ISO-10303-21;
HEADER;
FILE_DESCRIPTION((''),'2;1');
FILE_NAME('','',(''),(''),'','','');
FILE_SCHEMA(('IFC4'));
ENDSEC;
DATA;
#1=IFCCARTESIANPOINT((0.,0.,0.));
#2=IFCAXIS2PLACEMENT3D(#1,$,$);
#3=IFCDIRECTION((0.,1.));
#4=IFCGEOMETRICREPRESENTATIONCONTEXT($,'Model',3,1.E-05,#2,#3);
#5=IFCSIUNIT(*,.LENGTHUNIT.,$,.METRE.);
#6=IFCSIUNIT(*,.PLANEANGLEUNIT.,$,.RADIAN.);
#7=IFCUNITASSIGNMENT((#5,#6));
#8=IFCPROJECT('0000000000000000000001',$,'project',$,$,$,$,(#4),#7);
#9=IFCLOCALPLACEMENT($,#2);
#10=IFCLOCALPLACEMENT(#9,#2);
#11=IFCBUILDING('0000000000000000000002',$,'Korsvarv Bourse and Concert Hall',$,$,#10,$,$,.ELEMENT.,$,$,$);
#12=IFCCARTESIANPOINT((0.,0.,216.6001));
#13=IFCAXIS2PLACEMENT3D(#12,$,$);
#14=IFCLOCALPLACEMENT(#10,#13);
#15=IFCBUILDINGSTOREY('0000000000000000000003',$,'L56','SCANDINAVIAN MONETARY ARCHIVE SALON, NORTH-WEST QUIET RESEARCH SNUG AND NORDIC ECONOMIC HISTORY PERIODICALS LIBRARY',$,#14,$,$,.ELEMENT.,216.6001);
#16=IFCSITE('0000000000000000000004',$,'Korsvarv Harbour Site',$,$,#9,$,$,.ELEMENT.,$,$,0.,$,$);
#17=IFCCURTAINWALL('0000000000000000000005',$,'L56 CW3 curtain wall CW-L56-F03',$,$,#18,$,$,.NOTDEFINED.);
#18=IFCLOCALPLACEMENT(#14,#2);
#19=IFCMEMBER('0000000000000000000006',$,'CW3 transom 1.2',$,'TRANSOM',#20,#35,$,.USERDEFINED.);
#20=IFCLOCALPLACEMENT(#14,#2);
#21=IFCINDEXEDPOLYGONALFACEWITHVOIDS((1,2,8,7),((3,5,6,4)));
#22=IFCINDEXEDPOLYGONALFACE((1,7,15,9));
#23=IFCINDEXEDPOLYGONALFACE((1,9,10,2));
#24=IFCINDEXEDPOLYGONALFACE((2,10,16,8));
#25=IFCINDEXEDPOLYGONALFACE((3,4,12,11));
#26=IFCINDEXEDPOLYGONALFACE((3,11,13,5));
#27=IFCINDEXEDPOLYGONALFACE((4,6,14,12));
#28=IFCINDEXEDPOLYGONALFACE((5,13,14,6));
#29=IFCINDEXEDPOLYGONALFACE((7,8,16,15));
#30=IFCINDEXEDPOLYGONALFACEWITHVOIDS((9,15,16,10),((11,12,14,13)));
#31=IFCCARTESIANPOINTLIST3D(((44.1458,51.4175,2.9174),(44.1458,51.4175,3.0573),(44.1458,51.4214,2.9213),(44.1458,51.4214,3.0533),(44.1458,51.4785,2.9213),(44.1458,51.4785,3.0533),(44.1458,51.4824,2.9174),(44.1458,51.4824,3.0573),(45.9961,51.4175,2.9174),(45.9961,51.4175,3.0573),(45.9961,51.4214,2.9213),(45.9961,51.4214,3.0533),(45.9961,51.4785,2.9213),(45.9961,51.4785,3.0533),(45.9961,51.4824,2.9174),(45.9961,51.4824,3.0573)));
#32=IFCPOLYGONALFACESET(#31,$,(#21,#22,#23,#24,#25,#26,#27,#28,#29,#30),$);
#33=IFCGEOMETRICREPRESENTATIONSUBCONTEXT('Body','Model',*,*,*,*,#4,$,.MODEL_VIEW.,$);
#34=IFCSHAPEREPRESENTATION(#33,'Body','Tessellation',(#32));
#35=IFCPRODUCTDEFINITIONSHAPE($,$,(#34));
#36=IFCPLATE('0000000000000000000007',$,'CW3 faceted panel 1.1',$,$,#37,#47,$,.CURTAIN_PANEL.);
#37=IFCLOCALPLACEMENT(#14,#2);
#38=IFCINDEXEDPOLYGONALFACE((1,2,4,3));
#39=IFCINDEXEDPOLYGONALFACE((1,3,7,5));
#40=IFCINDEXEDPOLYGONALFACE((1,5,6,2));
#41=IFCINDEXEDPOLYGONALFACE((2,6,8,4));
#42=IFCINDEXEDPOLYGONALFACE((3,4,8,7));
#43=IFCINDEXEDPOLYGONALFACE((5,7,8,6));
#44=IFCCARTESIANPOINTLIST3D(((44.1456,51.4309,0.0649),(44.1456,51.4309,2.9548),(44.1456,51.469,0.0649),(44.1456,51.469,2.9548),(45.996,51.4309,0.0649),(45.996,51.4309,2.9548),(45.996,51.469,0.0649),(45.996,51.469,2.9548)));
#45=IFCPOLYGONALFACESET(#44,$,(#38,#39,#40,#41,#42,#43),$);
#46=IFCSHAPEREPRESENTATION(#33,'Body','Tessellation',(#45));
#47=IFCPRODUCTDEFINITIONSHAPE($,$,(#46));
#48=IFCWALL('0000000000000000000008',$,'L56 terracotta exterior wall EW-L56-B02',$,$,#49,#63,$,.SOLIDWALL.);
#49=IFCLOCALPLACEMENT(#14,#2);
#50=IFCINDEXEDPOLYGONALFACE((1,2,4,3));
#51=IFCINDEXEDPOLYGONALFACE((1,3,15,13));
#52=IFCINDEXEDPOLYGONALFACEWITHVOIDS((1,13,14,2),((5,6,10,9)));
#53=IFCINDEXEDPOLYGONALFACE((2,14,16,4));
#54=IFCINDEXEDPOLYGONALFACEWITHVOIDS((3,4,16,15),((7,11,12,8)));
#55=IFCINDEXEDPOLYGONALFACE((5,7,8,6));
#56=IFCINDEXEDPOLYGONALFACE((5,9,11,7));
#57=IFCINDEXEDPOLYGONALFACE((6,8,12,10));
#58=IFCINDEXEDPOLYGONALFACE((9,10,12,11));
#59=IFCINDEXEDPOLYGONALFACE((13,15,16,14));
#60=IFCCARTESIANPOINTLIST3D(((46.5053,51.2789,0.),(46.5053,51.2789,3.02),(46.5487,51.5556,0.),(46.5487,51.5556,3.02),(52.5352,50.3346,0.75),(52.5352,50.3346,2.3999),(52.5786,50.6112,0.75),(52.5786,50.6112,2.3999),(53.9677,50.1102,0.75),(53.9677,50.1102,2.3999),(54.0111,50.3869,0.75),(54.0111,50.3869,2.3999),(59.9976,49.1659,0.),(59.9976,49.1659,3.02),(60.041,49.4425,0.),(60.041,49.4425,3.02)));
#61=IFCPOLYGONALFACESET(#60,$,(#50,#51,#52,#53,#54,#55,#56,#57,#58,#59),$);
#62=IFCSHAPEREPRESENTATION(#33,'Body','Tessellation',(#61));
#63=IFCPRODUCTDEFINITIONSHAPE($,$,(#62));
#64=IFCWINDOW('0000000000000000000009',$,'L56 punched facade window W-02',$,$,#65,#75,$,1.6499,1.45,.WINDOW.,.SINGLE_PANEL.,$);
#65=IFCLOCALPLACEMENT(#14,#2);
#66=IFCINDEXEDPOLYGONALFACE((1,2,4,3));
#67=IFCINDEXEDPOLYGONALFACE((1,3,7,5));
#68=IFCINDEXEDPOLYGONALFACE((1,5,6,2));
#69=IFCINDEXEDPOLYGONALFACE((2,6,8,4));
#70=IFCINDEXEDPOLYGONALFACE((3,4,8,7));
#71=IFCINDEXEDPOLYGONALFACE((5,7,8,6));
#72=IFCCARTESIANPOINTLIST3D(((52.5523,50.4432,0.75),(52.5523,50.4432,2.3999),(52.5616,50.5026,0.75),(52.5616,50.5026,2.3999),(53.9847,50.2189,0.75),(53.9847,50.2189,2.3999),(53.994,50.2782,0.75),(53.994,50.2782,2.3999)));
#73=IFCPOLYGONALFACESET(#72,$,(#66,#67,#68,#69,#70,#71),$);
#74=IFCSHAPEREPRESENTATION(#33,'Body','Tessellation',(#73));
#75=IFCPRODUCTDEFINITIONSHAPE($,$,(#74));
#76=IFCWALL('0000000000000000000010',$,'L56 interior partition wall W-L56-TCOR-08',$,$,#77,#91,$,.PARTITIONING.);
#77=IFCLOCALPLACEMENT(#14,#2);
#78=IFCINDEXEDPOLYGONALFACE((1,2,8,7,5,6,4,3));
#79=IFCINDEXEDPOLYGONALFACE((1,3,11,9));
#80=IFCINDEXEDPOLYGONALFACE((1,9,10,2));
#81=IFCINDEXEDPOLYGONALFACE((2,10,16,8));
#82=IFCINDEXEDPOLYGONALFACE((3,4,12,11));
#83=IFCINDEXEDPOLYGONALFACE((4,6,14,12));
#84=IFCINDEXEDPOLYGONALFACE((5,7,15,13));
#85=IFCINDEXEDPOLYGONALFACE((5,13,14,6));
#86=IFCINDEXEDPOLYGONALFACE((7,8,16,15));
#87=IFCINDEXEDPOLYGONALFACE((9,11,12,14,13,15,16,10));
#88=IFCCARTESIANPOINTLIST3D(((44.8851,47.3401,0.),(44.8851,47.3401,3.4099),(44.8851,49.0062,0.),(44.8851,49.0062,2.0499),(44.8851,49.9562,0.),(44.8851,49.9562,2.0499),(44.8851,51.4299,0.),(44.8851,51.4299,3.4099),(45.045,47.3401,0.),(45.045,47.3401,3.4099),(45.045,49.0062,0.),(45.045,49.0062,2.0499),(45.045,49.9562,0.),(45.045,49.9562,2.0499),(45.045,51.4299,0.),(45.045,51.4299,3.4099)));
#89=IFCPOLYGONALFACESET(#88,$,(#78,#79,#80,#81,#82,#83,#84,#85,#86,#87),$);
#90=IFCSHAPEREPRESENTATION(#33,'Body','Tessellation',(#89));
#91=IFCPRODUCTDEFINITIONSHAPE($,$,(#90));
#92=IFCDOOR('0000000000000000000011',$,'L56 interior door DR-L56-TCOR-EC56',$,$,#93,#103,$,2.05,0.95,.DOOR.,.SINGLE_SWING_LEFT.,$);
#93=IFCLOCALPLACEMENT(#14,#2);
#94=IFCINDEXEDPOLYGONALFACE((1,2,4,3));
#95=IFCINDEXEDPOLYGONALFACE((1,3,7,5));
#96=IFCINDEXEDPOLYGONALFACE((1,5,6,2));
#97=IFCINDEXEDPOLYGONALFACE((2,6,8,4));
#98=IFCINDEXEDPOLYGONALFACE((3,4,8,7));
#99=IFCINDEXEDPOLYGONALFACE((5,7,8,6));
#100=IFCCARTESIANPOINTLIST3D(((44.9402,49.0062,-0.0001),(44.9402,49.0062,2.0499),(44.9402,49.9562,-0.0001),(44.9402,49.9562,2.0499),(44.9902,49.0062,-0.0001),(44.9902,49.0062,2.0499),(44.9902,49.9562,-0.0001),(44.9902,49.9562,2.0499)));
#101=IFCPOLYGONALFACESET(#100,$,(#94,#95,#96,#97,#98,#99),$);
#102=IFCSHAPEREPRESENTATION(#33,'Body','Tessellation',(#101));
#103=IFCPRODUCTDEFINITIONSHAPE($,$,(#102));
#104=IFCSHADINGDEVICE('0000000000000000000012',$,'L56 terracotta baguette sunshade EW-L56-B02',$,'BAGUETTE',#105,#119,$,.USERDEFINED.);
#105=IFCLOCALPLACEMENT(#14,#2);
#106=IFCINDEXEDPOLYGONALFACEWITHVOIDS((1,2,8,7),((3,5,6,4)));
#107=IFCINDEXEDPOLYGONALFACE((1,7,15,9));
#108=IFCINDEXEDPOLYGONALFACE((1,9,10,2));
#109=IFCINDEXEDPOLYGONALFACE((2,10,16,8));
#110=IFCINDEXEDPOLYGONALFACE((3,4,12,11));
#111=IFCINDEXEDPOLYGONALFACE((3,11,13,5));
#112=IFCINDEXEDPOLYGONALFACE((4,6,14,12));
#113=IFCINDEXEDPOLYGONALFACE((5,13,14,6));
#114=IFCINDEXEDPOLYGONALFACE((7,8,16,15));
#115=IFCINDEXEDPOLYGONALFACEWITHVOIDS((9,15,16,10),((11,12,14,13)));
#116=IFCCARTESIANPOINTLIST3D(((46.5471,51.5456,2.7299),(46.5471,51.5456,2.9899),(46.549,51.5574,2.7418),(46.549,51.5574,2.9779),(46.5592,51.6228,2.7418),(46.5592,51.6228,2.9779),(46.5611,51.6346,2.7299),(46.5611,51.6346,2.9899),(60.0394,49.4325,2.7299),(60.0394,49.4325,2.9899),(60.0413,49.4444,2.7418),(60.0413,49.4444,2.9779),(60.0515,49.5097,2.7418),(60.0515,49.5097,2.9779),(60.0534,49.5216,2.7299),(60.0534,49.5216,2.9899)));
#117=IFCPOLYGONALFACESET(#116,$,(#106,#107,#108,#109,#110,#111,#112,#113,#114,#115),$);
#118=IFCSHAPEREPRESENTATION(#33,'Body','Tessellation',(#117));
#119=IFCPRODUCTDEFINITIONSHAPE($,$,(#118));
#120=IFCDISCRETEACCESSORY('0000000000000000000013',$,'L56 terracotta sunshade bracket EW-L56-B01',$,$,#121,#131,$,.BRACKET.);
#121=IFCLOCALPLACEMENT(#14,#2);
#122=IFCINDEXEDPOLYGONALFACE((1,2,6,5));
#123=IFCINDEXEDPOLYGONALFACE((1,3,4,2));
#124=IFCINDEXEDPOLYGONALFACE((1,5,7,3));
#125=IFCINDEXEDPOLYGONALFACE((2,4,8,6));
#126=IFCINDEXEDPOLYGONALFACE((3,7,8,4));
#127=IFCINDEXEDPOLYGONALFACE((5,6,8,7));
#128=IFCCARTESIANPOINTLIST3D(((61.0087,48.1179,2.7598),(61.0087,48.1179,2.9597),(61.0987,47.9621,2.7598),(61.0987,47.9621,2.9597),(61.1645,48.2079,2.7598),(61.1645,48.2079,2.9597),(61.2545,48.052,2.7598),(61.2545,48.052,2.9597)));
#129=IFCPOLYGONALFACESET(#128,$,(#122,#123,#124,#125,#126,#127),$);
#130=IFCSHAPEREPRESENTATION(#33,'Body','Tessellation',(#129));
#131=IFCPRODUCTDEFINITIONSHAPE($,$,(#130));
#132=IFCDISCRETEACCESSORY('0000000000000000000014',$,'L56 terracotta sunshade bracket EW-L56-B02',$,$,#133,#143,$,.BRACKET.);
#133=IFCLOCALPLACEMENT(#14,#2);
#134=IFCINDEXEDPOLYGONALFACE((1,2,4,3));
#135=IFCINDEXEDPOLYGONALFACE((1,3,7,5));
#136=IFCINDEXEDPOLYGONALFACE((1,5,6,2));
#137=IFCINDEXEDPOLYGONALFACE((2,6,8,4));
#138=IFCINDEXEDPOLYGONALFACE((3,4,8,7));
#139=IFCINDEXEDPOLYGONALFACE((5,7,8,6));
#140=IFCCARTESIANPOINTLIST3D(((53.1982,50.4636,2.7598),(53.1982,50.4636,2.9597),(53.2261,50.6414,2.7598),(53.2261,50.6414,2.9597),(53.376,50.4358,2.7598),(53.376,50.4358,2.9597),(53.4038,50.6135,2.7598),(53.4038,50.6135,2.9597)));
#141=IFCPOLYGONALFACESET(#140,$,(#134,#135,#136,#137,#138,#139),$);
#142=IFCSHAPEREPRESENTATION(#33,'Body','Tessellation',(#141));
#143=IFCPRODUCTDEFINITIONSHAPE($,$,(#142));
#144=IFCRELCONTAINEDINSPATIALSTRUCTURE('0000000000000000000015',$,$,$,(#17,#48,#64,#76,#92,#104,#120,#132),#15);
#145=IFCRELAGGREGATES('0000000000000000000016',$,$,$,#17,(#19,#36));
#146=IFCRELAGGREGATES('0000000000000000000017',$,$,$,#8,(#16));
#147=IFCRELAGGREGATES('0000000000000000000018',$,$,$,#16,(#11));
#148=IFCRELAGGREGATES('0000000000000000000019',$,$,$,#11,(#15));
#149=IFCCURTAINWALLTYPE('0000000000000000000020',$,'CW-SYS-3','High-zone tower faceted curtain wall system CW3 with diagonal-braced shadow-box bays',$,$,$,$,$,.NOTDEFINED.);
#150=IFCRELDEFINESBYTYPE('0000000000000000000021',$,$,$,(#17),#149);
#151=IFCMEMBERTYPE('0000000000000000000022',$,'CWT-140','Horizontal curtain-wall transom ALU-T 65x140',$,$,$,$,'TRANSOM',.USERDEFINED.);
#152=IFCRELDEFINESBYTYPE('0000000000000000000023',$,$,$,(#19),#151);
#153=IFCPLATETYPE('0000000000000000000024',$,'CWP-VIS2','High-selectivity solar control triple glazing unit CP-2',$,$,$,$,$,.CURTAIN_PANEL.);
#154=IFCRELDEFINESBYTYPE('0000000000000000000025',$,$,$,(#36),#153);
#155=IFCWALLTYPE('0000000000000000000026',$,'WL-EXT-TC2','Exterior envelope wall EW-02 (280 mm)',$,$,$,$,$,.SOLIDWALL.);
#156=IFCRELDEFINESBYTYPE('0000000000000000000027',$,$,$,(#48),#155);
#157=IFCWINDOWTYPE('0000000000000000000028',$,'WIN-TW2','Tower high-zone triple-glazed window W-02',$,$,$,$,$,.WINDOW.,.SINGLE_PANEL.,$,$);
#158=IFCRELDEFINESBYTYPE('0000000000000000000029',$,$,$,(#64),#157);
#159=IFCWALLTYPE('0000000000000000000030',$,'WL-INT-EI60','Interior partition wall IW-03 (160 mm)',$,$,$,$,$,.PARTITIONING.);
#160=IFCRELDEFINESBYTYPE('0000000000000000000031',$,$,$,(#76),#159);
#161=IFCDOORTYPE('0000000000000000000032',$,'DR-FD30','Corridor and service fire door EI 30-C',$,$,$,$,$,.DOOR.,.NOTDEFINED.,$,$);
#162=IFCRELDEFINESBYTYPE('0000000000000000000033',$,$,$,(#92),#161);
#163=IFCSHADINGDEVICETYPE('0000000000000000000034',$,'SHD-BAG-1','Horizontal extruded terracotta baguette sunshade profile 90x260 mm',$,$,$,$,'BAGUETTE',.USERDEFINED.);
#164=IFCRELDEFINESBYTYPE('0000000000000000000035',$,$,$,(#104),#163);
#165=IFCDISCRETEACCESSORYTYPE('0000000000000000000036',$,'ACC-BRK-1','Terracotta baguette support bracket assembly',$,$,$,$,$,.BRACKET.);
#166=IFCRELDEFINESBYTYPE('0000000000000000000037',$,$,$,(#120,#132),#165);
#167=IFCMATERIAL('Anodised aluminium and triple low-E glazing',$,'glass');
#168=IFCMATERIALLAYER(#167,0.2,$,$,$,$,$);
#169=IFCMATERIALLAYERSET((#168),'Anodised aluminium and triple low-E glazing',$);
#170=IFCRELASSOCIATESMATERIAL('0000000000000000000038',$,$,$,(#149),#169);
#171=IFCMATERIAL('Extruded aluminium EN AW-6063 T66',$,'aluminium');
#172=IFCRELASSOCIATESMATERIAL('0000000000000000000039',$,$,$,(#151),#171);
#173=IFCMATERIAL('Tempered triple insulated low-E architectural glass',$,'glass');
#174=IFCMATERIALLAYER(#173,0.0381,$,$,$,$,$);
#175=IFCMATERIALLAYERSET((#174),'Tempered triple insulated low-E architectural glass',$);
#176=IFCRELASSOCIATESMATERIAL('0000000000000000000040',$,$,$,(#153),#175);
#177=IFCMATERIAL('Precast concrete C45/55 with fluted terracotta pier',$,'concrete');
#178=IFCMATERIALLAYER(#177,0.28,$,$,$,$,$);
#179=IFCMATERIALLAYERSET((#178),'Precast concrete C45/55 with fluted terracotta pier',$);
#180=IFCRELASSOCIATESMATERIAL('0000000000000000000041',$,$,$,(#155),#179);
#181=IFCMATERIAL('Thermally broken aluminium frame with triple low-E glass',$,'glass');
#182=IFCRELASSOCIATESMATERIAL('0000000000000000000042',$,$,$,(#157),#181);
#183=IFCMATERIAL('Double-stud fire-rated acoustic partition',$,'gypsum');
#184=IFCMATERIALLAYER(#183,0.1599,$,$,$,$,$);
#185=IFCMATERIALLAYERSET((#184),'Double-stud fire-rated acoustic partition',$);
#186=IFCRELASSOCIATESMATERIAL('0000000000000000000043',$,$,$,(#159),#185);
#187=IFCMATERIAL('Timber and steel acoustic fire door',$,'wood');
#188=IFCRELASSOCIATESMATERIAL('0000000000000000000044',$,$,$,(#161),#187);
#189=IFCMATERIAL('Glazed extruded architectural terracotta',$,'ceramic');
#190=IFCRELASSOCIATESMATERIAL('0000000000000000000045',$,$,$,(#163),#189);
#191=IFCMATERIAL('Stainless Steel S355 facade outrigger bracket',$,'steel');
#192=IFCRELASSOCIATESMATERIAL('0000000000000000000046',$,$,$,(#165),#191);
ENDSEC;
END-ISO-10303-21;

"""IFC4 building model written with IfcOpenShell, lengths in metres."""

from ifc_helpers import new_model, si_unit, direction, frame, frame_2d, origin, origin_2d, place, context, subcontext, project, spatial, rectangle, hollow_rectangle, extrude, source, transform, mapped, material, layer, layer_set, material_profile, profile_set, type_object, element, fill, aggregate, save


model = new_model("IFC4")

# Units and contexts
model_context = context("Model", 3, precision=1e-05, world=origin(), true_north=direction((0.0, 1.0)))
body_context = subcontext(model_context, "Body", "Model", "MODEL_VIEW")
ifc_project = project(units=[si_unit("LENGTHUNIT", "METRE"), si_unit("PLANEANGLEUNIT", "RADIAN")], contexts=[model_context])

# Site, building, storey
site_placement = place(None, origin())
site = spatial("IfcSite", under=ifc_project, at=site_placement, Name="Korsvarv Harbour Site", CompositionType="ELEMENT", RefElevation=0.0)
building_placement = place(site_placement, origin())
building = spatial("IfcBuilding", under=site, at=building_placement, Name="Korsvarv Bourse and Concert Hall", CompositionType="ELEMENT")
storey_placement = place(building_placement, frame((0.0, 0.0, 216.6001)))
storey = spatial("IfcBuildingStorey", under=building, at=storey_placement, Name="L56", Description="SCANDINAVIAN MONETARY ARCHIVE SALON, NORTH-WEST QUIET RESEARCH SNUG AND NORDIC ECONOMIC HISTORY PERIODICALS LIBRARY", CompositionType="ELEMENT", Elevation=216.6001)

# Curtain wall, member, plate
ifc_material_1 = material(Name="Anodised aluminium and triple low-E glazing", Category="glass")
ifc_layer_1 = layer(ifc_material_1, 0.2)
ifc_layer_set_1 = layer_set([ifc_layer_1], Name="Anodised aluminium and triple low-E glazing")
curtain_wall_type = type_object("IfcCurtainWallType", Name="CW-SYS-3", Description="High-zone tower faceted curtain wall system CW3 with diagonal-braced shadow-box bays", PredefinedType="NOTDEFINED", material=ifc_layer_set_1)
curtain_wall_placement = place(storey_placement, origin())
curtain_wall = element("IfcCurtainWall", 1, at=curtain_wall_placement, inside=storey, type_object=curtain_wall_type, Name="L56 CW3 curtain wall CW-L56-F03", PredefinedType="NOTDEFINED")
ifc_material_2 = material(Name="Extruded aluminium EN AW-6063 T66", Category="aluminium")
ifc_material_profile_1 = material_profile(ifc_material_2, hollow_rectangle(XDim=0.0649, YDim=0.1399, WallThickness=0.0039, at=origin_2d()), Name="ALU-T 65x140")
ifc_profile_set_1 = profile_set([ifc_material_profile_1], Name="Extruded aluminium EN AW-6063 T66")
member_type_1 = type_object("IfcMemberType", Name="CWT-140", Description="Horizontal curtain-wall transom ALU-T 65x140", ElementType="TRANSOM", PredefinedType="USERDEFINED", material=ifc_profile_set_1)
shared_shape_1 = source(origin(), body_context, "Body", "SweptSolid", [
    extrude(hollow_rectangle(XDim=0.0649, YDim=0.1399, WallThickness=0.0039, at=origin_2d()), origin(), (0.0, 0.0, 1.0), 1.8503),
])
member_1_placement = place(storey_placement, frame((45.9961, 51.45, 2.9873), z_axis=(-1.0, 0.0, 0.0), x_axis=(0.0, -1.0, 0.0)))
member_1 = element("IfcMember", 2, at=member_1_placement, type_object=member_type_1, Name="CW3 transom 1.2", ObjectType="TRANSOM", PredefinedType="USERDEFINED", context=body_context, shape_type="MappedRepresentation", body=[
    mapped(shared_shape_1, transform((0.0, 0.0, 0.0), scale=1.0)),
])
ifc_material_3 = material(Name="Tempered triple insulated low-E architectural glass", Category="glass")
ifc_layer_2 = layer(ifc_material_3, 0.0381)
ifc_layer_set_2 = layer_set([ifc_layer_2], Name="Tempered triple insulated low-E architectural glass")
plate_type = type_object("IfcPlateType", Name="CWP-VIS2", Description="High-selectivity solar control triple glazing unit CP-2", PredefinedType="CURTAIN_PANEL", material=ifc_layer_set_2)
shared_shape_2 = source(origin(), body_context, "Body", "SweptSolid", [
    extrude(rectangle(XDim=1.8503, YDim=0.0381, at=origin_2d()), origin(), (0.0, 0.0, 1.0), 2.8899),
])
plate_placement = place(storey_placement, frame((45.0708, 51.45, 0.0649), z_axis=(0.0, 0.0, 1.0), x_axis=(-1.0, 0.0, 0.0)))
plate = element("IfcPlate", 3, at=plate_placement, type_object=plate_type, Name="CW3 faceted panel 1.1", PredefinedType="CURTAIN_PANEL", context=body_context, shape_type="MappedRepresentation", body=[
    mapped(shared_shape_2, transform((0.0, 0.0, 0.0), scale=1.0)),
])
aggregate(curtain_wall, [member_1, plate])

# Wall, opening, window
ifc_material_4 = material(Name="Precast concrete C45/55 with fluted terracotta pier", Category="concrete")
ifc_layer_3 = layer(ifc_material_4, 0.28)
ifc_layer_set_3 = layer_set([ifc_layer_3], Name="Precast concrete C45/55 with fluted terracotta pier")
wall_type_1 = type_object("IfcWallType", Name="WL-EXT-TC2", Description="Exterior envelope wall EW-02 (280 mm)", PredefinedType="SOLIDWALL", material=ifc_layer_set_3)
wall_1_placement = place(storey_placement, frame((60.0193, 49.3042, 0.0), z_axis=(0.0, 0.0, 1.0), x_axis=(-0.987957, 0.154726, 0.0)))
wall_1 = element("IfcWall", 4, at=wall_1_placement, inside=storey, type_object=wall_type_1, Name="L56 terracotta exterior wall EW-L56-B02", PredefinedType="SOLIDWALL", context=body_context, shape_type="SweptSolid", body=[
    extrude(rectangle(XDim=13.6567, YDim=0.28, at=frame_2d((6.8284, 0.0))), origin(), (0.0, 0.0, 1.0), 3.02),
])
opening_1_placement = place(wall_1_placement, frame((6.1033, 0.0, 0.75)))
opening_1 = element("IfcOpeningElement", 5, at=opening_1_placement, cuts=wall_1, PredefinedType="OPENING", context=body_context, shape_type="SweptSolid", body=[
    extrude(rectangle(XDim=1.45, YDim=1.6499, at=frame_2d((0.7251, 0.825))), frame((0.0, 0.1499, 0.0), z_axis=(0.0, -1.0, 0.0), x_axis=(1.0, 0.0, 0.0)), (0.0, 0.0, 1.0), 0.3),
])
ifc_material_5 = material(Name="Thermally broken aluminium frame with triple low-E glass", Category="glass")
window_type = type_object("IfcWindowType", Name="WIN-TW2", Description="Tower high-zone triple-glazed window W-02", PartitioningType="SINGLE_PANEL", PredefinedType="WINDOW", material=ifc_material_5)
window_placement = place(opening_1_placement, origin())
window = element("IfcWindow", 6, at=window_placement, inside=storey, type_object=window_type, Name="L56 punched facade window W-02", OverallHeight=1.6499, OverallWidth=1.45, PartitioningType="SINGLE_PANEL", PredefinedType="WINDOW", context=body_context, shape_type="SweptSolid", body=[
    extrude(rectangle(XDim=1.45, YDim=1.6499, at=frame_2d((0.7251, 0.825))), frame((0.0, 0.03, 0.0), z_axis=(0.0, -1.0, 0.0), x_axis=(1.0, 0.0, 0.0)), (0.0, 0.0, 1.0), 0.0601),
])
fill(opening_1, window)

# Wall, opening, door
ifc_material_6 = material(Name="Double-stud fire-rated acoustic partition", Category="gypsum")
ifc_layer_4 = layer(ifc_material_6, 0.1599)
ifc_layer_set_4 = layer_set([ifc_layer_4], Name="Double-stud fire-rated acoustic partition")
wall_type_2 = type_object("IfcWallType", Name="WL-INT-EI60", Description="Interior partition wall IW-03 (160 mm)", PredefinedType="PARTITIONING", material=ifc_layer_set_4)
wall_2_placement = place(storey_placement, frame((44.9651, 47.3401, 0.0), z_axis=(0.0, 0.0, 1.0), x_axis=(0.0, 1.0, 0.0)))
wall_2 = element("IfcWall", 7, at=wall_2_placement, inside=storey, type_object=wall_type_2, Name="L56 interior partition wall W-L56-TCOR-08", PredefinedType="PARTITIONING", context=body_context, shape_type="SweptSolid", body=[
    extrude(rectangle(XDim=4.0898, YDim=0.1599, at=frame_2d((2.0449, 0.0))), origin(), (0.0, 0.0, 1.0), 3.4099),
])
opening_2_placement = place(wall_2_placement, frame((1.666, 0.0, 0.0)))
opening_2 = element("IfcOpeningElement", 8, at=opening_2_placement, cuts=wall_2, PredefinedType="OPENING", context=body_context, shape_type="SweptSolid", body=[
    extrude(rectangle(XDim=0.95, YDim=2.05, at=frame_2d((0.4751, 1.0249))), frame((0.0, 0.0898, 0.0), z_axis=(0.0, -1.0, 0.0), x_axis=(1.0, 0.0, 0.0)), (0.0, 0.0, 1.0), 0.1799),
])
ifc_material_7 = material(Name="Timber and steel acoustic fire door", Category="wood")
door_type = type_object("IfcDoorType", Name="DR-FD30", Description="Corridor and service fire door EI 30-C", OperationType="NOTDEFINED", PredefinedType="DOOR", material=ifc_material_7)
door_placement = place(opening_2_placement, origin())
door = element("IfcDoor", 9, at=door_placement, inside=storey, type_object=door_type, Name="L56 interior door DR-L56-TCOR-EC56", OperationType="SINGLE_SWING_LEFT", OverallHeight=2.05, OverallWidth=0.95, PredefinedType="DOOR", context=body_context, shape_type="SweptSolid", body=[
    extrude(rectangle(XDim=0.95, YDim=2.05, at=frame_2d((0.4751, 1.0249))), frame((0.0, 0.0249, 0.0), z_axis=(0.0, -1.0, 0.0), x_axis=(1.0, 0.0, 0.0)), (0.0, 0.0, 1.0), 0.05),
])
fill(opening_2, door)

# Shading device
ifc_material_8 = material(Name="Glazed extruded architectural terracotta", Category="ceramic")
ifc_material_profile_2 = material_profile(ifc_material_8, hollow_rectangle(XDim=0.0901, YDim=0.26, WallThickness=0.012, at=origin_2d()), Name="TC-BAG 90x260")
ifc_profile_set_2 = profile_set([ifc_material_profile_2], Name="Glazed extruded architectural terracotta")
shading_device_type = type_object("IfcShadingDeviceType", Name="SHD-BAG-1", Description="Horizontal extruded terracotta baguette sunshade profile 90x260 mm", ElementType="BAGUETTE", PredefinedType="USERDEFINED", material=ifc_profile_set_2)
shared_shape_3 = source(origin(), body_context, "Body", "SweptSolid", [
    extrude(hollow_rectangle(XDim=0.0901, YDim=0.26, WallThickness=0.012, at=origin_2d()), origin(), (0.0, 0.0, 1.0), 13.6567),
])
shading_device_placement = place(storey_placement, frame((60.0464, 49.4771, 2.8599), z_axis=(-0.987957, 0.154726, 0.0), x_axis=(-0.154726, -0.987957, 0.0)))
element("IfcShadingDevice", 10, at=shading_device_placement, inside=storey, type_object=shading_device_type, Name="L56 terracotta baguette sunshade EW-L56-B02", ObjectType="BAGUETTE", PredefinedType="USERDEFINED", context=body_context, shape_type="MappedRepresentation", body=[
    mapped(shared_shape_3, transform((0.0, 0.0, 0.0), scale=1.0)),
])

# Discrete accessories
ifc_material_9 = material(Name="Stainless Steel S355 facade outrigger bracket", Category="steel")
discrete_accessory_type = type_object("IfcDiscreteAccessoryType", Name="ACC-BRK-1", Description="Terracotta baguette support bracket assembly", PredefinedType="BRACKET", material=ifc_material_9)
shared_shape_4 = source(origin(), body_context, "Body", "SweptSolid", [
    extrude(rectangle(XDim=0.1799, YDim=0.1799, at=origin_2d()), origin(), (0.0, 0.0, 1.0), 0.2),
])
for number, where, z_axis, x_axis, name in (
    (11, (61.1316, 48.085, 2.7598), (0.0, 0.0, 1.0), (-0.5, 0.866025, 0.0), "L56 terracotta sunshade bracket EW-L56-B01"),
    (12, (53.301, 50.5386, 2.7598), (0.0, 0.0, 1.0), (-0.98796, 0.15471, 0.0), "L56 terracotta sunshade bracket EW-L56-B02"),
):
    element("IfcDiscreteAccessory", number, at=place(storey_placement, frame(where, z_axis=z_axis, x_axis=x_axis)), inside=storey, type_object=discrete_accessory_type, Name=name, PredefinedType="BRACKET", context=body_context, shape_type="MappedRepresentation", body=[
        mapped(shared_shape_4, transform((0.0, 0.0, 0.0), scale=1.0)),
    ])

save(model, "model.ifc")
